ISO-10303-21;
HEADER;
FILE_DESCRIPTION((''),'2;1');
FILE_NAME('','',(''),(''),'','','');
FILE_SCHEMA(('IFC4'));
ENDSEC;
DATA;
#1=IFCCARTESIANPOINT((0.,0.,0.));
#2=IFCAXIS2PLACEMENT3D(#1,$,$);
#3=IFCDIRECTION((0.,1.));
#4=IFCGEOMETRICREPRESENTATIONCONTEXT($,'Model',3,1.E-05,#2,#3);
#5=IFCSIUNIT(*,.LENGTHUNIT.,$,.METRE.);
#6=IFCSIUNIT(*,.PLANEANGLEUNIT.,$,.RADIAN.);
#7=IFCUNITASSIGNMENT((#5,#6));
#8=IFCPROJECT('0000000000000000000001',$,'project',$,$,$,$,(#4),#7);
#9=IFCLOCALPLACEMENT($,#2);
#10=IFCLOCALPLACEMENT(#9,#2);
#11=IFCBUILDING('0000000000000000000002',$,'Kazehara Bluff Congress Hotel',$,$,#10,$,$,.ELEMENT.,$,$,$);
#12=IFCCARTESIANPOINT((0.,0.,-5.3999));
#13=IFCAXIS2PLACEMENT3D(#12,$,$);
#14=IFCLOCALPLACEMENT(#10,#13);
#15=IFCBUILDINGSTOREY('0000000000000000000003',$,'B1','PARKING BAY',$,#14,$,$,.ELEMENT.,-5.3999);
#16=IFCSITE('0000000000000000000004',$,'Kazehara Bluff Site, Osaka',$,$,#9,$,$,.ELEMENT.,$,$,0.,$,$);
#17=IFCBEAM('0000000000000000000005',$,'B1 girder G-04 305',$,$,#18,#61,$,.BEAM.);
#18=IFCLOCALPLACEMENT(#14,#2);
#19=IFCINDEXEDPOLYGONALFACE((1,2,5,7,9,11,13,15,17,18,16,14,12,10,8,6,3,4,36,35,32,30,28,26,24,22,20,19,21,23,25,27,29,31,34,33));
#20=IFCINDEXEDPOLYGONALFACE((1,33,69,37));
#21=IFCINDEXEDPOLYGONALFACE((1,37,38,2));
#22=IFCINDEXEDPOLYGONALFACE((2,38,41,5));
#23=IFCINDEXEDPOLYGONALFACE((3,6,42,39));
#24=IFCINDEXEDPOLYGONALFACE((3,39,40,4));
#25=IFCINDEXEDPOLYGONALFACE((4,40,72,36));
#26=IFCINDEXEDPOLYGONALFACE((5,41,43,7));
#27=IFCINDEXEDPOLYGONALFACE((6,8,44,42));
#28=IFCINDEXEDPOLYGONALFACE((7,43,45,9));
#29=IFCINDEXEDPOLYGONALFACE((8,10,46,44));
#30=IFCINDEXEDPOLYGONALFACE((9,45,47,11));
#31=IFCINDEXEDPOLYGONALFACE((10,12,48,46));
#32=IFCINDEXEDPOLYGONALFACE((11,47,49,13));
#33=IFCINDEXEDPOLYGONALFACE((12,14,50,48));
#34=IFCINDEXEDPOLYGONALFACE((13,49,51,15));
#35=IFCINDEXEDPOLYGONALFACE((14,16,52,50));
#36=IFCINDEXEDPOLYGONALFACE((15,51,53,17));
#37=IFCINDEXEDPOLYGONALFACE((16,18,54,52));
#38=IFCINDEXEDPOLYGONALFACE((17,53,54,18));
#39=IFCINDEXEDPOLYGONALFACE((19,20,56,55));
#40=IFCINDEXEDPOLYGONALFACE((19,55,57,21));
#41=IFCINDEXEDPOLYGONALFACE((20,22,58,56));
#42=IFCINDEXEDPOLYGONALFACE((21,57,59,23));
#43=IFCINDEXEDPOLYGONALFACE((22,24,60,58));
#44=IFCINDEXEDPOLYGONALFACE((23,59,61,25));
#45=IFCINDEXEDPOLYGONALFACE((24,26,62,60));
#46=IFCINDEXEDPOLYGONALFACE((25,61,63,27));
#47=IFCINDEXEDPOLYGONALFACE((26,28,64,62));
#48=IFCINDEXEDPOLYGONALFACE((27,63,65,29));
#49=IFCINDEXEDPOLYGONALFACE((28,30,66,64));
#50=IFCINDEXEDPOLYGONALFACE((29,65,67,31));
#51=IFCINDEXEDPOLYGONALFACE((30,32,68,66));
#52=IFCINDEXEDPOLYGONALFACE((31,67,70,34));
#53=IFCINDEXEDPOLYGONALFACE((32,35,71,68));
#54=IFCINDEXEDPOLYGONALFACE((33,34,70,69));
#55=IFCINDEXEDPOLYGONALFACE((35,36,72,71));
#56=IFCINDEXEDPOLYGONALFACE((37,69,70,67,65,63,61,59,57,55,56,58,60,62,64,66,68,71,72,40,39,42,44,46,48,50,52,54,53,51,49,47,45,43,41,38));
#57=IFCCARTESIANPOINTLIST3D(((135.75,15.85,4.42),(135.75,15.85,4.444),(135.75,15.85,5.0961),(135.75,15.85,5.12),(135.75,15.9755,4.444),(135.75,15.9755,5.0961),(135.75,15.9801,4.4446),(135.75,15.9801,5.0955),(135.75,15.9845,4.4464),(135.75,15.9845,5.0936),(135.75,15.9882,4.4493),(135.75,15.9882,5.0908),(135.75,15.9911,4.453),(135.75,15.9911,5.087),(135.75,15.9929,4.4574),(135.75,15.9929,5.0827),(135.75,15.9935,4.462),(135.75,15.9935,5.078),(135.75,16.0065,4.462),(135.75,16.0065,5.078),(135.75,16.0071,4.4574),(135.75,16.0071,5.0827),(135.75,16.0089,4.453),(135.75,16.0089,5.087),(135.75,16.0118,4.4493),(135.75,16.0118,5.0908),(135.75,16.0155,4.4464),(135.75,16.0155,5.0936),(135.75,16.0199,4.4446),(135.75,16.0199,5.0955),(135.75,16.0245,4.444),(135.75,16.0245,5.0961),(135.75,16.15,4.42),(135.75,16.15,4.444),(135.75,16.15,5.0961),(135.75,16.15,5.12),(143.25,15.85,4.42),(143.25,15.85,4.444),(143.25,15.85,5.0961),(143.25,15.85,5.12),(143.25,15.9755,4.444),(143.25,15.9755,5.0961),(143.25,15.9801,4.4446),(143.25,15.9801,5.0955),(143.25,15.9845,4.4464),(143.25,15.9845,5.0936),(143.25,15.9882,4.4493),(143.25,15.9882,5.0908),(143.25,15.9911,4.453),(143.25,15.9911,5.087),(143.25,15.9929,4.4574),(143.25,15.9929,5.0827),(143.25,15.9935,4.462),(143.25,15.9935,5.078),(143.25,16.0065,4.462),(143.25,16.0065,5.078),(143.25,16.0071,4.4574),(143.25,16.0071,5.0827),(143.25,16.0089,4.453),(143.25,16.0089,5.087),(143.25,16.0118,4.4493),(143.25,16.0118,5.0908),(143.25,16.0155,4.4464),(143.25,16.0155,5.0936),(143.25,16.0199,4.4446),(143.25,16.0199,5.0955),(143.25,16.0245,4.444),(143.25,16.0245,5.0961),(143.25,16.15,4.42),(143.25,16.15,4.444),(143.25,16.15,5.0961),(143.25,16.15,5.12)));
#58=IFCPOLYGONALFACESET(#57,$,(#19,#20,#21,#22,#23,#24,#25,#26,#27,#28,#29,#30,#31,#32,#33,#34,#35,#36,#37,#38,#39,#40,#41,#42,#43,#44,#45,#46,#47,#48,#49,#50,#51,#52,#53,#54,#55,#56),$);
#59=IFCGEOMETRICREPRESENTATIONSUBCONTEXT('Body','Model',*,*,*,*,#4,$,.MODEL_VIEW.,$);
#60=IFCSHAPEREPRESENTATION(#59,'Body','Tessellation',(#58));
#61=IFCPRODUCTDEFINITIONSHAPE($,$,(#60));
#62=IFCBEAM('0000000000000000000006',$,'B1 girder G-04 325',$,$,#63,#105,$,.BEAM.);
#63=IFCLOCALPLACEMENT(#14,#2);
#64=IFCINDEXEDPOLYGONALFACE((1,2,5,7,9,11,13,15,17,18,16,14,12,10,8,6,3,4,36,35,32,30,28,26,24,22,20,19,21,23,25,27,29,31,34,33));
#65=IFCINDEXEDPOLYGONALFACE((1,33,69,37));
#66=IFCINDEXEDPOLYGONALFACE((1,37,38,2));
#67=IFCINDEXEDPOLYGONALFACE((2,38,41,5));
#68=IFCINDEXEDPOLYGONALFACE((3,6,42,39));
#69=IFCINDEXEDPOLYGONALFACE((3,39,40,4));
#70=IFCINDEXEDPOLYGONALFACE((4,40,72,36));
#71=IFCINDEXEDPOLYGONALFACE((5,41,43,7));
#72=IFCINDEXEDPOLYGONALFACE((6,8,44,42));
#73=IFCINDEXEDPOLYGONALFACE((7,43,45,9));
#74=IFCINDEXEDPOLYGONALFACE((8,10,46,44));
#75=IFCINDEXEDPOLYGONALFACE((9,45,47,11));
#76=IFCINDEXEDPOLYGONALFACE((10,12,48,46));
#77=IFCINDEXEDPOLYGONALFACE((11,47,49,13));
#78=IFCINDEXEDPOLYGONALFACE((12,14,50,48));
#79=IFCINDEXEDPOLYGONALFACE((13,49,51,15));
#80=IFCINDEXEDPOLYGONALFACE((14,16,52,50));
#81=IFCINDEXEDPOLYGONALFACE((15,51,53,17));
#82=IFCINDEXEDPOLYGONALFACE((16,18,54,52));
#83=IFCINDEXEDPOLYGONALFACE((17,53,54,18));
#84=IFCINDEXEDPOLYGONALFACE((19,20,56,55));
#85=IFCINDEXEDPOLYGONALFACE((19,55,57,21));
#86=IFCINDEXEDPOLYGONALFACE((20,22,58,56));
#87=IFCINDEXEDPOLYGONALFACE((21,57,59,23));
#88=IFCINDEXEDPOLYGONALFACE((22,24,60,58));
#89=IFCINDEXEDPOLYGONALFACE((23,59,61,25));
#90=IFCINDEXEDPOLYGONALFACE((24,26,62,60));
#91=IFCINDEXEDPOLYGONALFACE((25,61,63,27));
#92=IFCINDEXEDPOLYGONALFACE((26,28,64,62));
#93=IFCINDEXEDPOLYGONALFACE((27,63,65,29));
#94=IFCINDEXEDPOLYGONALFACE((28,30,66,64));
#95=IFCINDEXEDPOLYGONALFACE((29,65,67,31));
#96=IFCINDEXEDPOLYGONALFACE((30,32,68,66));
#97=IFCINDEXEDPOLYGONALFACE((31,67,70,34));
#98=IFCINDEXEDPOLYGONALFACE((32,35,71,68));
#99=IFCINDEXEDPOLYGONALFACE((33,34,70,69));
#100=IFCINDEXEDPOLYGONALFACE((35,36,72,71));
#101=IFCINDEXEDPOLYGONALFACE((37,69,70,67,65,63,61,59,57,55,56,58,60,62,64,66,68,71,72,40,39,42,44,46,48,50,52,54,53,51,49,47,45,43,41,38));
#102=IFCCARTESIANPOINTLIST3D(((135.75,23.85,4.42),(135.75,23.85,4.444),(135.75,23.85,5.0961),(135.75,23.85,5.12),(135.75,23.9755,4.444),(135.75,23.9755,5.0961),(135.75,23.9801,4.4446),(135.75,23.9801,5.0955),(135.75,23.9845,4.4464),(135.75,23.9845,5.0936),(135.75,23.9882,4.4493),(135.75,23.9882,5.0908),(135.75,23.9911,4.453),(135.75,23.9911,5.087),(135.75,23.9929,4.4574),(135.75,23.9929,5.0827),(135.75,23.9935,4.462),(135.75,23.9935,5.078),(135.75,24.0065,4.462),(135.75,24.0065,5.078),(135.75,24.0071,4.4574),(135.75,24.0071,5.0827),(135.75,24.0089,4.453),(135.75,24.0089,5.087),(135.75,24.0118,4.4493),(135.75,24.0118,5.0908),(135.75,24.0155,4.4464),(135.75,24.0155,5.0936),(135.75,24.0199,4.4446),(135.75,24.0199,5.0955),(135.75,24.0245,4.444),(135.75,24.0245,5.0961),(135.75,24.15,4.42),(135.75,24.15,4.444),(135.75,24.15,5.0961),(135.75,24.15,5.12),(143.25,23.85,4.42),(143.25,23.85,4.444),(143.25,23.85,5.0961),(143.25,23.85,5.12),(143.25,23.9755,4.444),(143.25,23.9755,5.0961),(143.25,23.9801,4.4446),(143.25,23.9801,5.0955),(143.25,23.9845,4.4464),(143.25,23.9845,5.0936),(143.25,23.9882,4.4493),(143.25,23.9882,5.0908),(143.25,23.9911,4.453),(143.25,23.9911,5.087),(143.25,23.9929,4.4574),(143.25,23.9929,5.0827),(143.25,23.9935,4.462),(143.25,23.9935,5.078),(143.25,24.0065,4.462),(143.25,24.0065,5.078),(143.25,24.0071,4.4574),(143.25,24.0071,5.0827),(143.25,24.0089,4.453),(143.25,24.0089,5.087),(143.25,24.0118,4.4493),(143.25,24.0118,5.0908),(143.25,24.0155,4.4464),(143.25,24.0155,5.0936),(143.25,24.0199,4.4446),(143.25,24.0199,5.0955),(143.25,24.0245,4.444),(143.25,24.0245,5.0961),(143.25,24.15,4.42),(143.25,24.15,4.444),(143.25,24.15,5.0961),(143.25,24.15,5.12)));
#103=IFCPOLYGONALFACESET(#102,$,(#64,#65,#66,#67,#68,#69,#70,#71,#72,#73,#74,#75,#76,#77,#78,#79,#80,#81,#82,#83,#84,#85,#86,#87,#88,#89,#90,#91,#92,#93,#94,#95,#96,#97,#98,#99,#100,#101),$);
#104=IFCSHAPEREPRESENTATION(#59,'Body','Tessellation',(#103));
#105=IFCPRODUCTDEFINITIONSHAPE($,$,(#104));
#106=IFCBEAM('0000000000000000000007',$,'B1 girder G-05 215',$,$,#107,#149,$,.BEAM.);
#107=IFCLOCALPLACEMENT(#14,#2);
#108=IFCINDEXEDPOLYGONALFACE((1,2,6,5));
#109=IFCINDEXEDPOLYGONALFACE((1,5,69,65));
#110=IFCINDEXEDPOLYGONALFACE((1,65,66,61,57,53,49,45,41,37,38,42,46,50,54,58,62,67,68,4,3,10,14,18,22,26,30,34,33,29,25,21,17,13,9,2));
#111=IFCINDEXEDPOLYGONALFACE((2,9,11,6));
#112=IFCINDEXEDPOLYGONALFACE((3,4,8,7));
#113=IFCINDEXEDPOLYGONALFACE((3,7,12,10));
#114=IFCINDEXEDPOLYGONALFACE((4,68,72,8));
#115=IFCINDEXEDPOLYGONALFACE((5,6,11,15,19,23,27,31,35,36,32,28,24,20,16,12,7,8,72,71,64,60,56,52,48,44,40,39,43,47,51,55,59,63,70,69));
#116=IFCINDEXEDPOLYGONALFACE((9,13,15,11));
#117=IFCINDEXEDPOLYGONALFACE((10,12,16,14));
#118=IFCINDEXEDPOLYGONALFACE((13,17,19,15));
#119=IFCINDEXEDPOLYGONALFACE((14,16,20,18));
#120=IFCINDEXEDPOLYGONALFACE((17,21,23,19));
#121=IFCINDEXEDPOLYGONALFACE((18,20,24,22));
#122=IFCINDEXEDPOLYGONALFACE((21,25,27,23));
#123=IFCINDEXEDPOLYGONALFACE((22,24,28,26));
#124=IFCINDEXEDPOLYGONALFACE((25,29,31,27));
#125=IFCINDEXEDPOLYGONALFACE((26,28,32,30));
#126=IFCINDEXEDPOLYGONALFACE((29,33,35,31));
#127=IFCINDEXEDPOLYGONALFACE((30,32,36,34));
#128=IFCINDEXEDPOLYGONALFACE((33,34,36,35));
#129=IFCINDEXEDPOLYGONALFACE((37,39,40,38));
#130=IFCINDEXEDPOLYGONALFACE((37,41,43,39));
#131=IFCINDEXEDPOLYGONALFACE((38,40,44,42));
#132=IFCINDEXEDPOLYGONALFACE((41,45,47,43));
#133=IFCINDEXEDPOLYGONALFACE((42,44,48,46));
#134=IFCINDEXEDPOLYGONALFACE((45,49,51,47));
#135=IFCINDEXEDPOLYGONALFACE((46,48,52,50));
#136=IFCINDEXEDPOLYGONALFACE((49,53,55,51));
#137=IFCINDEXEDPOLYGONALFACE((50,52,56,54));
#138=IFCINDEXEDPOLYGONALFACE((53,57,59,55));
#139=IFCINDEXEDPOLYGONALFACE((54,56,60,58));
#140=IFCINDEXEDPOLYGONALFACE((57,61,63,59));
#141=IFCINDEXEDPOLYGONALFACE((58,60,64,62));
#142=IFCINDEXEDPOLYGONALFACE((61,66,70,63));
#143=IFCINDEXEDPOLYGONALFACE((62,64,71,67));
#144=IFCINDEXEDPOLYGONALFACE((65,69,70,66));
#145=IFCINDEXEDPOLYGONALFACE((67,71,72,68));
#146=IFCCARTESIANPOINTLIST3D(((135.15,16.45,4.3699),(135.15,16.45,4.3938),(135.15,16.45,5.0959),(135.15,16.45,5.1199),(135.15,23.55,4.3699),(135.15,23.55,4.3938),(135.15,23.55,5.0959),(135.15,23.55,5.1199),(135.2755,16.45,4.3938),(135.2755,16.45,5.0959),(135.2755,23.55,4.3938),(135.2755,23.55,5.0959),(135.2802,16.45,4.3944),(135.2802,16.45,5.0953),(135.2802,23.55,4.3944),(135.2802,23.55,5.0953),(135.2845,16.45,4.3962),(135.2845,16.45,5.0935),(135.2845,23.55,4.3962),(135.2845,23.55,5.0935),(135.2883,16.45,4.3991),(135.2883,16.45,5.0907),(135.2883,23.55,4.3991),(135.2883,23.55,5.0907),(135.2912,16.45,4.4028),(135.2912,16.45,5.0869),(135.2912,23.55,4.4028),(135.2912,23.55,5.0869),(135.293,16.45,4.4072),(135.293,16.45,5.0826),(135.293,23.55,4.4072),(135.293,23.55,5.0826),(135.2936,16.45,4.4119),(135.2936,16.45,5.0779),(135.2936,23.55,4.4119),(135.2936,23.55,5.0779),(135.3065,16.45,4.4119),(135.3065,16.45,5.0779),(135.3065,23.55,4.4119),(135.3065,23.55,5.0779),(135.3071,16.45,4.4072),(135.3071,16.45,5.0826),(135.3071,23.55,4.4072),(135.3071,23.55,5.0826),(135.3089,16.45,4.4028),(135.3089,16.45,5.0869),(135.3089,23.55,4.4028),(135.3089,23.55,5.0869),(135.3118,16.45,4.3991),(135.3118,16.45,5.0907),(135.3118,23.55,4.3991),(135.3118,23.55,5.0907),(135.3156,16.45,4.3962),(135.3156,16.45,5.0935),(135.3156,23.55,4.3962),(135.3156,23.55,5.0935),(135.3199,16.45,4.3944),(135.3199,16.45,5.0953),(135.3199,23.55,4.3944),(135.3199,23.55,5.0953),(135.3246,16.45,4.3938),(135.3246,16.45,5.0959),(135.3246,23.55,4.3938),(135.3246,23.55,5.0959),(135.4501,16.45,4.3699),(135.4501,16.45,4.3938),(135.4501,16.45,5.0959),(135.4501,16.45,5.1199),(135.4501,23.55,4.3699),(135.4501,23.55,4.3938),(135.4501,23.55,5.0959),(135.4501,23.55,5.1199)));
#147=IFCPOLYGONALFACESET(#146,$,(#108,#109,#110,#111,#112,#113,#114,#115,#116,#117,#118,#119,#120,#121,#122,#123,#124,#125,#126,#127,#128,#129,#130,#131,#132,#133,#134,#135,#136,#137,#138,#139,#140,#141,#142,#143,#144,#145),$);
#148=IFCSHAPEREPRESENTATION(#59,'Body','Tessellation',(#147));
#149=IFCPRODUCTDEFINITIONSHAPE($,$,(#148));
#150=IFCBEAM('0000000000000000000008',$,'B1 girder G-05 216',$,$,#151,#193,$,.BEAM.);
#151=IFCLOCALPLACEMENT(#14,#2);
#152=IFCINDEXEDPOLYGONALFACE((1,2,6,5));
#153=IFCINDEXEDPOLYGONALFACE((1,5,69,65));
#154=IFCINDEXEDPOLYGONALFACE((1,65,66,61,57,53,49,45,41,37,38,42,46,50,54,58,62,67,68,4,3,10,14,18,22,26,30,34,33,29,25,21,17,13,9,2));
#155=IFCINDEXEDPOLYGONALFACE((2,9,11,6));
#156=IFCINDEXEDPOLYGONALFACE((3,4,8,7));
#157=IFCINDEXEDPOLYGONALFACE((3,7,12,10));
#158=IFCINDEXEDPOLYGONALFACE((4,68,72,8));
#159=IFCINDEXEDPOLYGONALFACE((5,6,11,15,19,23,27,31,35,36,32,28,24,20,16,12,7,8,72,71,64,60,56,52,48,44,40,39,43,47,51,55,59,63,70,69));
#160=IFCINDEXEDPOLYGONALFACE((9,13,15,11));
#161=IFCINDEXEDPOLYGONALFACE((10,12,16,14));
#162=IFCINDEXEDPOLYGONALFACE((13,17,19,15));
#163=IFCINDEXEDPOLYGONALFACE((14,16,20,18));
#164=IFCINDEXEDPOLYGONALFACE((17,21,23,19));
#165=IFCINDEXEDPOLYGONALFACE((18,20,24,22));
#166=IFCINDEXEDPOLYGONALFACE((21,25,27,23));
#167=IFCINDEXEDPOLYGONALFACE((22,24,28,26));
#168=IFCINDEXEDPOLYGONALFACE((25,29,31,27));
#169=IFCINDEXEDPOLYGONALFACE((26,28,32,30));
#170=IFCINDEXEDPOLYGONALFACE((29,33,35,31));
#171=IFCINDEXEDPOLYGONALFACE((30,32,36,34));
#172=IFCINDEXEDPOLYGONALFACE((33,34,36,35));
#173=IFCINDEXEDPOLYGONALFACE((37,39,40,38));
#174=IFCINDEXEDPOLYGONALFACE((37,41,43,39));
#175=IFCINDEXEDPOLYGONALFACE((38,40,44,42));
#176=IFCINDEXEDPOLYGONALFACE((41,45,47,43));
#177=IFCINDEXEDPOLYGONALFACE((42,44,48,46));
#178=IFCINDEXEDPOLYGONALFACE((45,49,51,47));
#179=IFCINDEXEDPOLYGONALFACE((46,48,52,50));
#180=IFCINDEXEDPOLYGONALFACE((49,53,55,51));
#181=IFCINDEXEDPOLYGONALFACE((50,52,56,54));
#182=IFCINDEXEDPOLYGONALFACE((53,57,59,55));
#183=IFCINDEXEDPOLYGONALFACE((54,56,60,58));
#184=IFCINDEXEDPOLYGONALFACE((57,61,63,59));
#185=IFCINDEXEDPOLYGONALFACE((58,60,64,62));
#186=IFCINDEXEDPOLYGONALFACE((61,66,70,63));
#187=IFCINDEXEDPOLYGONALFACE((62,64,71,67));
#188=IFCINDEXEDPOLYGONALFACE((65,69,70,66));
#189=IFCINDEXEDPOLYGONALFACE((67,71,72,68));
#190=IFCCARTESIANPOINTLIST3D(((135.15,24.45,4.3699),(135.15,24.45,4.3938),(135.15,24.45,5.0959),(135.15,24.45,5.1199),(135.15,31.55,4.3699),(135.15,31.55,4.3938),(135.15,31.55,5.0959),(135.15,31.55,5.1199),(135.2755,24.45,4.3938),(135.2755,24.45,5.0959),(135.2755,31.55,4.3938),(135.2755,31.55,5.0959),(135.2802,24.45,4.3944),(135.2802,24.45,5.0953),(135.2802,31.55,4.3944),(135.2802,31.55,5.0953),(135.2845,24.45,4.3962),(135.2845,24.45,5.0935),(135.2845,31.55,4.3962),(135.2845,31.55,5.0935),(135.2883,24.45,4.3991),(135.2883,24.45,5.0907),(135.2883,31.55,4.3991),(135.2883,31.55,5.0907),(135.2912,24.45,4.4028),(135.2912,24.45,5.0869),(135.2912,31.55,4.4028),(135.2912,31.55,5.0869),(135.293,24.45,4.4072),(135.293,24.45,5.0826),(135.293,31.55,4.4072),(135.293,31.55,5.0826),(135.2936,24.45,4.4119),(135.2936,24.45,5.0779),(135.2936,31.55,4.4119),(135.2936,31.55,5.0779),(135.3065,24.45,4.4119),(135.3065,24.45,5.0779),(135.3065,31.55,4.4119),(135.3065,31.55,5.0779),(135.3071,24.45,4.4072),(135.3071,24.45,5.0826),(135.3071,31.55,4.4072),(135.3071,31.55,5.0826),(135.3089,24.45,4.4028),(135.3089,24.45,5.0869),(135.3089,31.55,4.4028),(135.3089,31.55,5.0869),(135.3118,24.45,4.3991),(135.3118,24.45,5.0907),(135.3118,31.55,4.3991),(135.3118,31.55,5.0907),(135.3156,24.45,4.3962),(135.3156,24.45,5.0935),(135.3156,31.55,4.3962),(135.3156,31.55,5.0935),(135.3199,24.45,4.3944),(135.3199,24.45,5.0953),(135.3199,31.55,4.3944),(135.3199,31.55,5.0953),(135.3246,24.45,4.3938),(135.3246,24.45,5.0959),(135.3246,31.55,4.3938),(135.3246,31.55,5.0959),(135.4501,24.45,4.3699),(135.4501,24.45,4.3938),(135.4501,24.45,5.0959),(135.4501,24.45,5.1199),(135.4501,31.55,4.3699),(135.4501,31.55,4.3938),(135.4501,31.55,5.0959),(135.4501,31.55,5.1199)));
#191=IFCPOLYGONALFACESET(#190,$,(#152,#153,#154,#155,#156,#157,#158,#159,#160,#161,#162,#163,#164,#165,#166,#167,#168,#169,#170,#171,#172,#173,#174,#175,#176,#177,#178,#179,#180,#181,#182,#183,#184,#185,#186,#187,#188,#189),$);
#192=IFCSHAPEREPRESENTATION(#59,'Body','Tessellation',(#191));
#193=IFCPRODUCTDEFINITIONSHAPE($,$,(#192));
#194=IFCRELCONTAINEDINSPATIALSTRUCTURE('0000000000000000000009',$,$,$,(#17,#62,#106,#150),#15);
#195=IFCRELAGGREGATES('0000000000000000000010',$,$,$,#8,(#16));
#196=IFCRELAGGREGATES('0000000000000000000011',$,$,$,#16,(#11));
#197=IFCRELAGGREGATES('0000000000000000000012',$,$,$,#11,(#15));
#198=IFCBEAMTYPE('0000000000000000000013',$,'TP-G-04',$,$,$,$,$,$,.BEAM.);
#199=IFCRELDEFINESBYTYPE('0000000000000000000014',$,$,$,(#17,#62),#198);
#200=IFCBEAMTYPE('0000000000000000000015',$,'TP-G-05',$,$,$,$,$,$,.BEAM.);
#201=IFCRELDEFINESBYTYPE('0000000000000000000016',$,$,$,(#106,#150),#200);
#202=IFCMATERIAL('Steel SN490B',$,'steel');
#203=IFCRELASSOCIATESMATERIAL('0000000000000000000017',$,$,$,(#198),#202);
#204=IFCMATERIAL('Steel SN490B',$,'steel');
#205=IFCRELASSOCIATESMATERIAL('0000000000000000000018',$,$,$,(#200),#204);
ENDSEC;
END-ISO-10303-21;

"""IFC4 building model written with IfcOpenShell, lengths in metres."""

from ifc_helpers import new_model, si_unit, direction, frame, origin, origin_2d, place, context, subcontext, project, spatial, i_section, extrude, material, material_profile, profile_set, type_object, element, save


model = new_model("IFC4")

# Units and contexts
model_context = context("Model", 3, precision=1e-05, world=origin(), true_north=direction((0.0, 1.0)))
body_context = subcontext(model_context, "Body", "Model", "MODEL_VIEW")
ifc_project = project(units=[si_unit("LENGTHUNIT", "METRE"), si_unit("PLANEANGLEUNIT", "RADIAN")], contexts=[model_context])

# Site, building, storey
site_placement = place(None, origin())
site = spatial("IfcSite", under=ifc_project, at=site_placement, Name="Kazehara Bluff Site, Osaka", CompositionType="ELEMENT", RefElevation=0.0)
building_placement = place(site_placement, origin())
building = spatial("IfcBuilding", under=site, at=building_placement, Name="Kazehara Bluff Congress Hotel", CompositionType="ELEMENT")
storey_placement = place(building_placement, frame((0.0, 0.0, -5.3999)))
storey = spatial("IfcBuildingStorey", under=building, at=storey_placement, Name="B1", Description="PARKING BAY", CompositionType="ELEMENT", Elevation=-5.3999)

# Beams
ifc_material_1 = material(Name="Steel SN490B", Category="steel")
ifc_material_profile_1 = material_profile(ifc_material_1, i_section(OverallWidth=0.3, OverallDepth=0.7, WebThickness=0.0129, FlangeThickness=0.0239, FilletRadius=0.0181, at=origin_2d()))
ifc_profile_set_1 = profile_set([ifc_material_profile_1], Name="Steel SN490B")
beam_type_1 = type_object("IfcBeamType", Name="TP-G-04", PredefinedType="BEAM", material=ifc_profile_set_1)
for number, where, z_axis, x_axis, name in (
    (1, (135.75, 16.0, 4.77), (1.0, 0.0, 0.0), (0.0, 1.0, 0.0), "B1 girder G-04 305"),
    (2, (135.75, 24.0, 4.77), (1.0, 0.0, 0.0), (0.0, 1.0, 0.0), "B1 girder G-04 325"),
):
    element("IfcBeam", number, at=place(storey_placement, frame(where, z_axis=z_axis, x_axis=x_axis)), inside=storey, type_object=beam_type_1, Name=name, PredefinedType="BEAM", context=body_context, shape_type="SweptSolid", body=[
        extrude(i_section(OverallWidth=0.3, OverallDepth=0.7, WebThickness=0.0129, FlangeThickness=0.0239, FilletRadius=0.0181, at=origin_2d()), origin(), (0.0, 0.0, 1.0), 7.5),
    ])
ifc_material_2 = material(Name="Steel SN490B", Category="steel")
ifc_material_profile_2 = material_profile(ifc_material_2, i_section(OverallWidth=0.3, OverallDepth=0.75, WebThickness=0.0129, FlangeThickness=0.0239, FilletRadius=0.0181, at=origin_2d()))
ifc_profile_set_2 = profile_set([ifc_material_profile_2], Name="Steel SN490B")
beam_type_2 = type_object("IfcBeamType", Name="TP-G-05", PredefinedType="BEAM", material=ifc_profile_set_2)
for number, where, z_axis, x_axis, name in (
    (3, (135.3, 16.45, 4.7449), (0.0, 1.0, 0.0), (-1.0, 0.0, 0.0), "B1 girder G-05 215"),
    (4, (135.3, 24.45, 4.7449), (0.0, 1.0, 0.0), (-1.0, 0.0, 0.0), "B1 girder G-05 216"),
):
    element("IfcBeam", number, at=place(storey_placement, frame(where, z_axis=z_axis, x_axis=x_axis)), inside=storey, type_object=beam_type_2, Name=name, PredefinedType="BEAM", context=body_context, shape_type="SweptSolid", body=[
        extrude(i_section(OverallWidth=0.3, OverallDepth=0.75, WebThickness=0.0129, FlangeThickness=0.0239, FilletRadius=0.0181, at=origin_2d()), origin(), (0.0, 0.0, 1.0), 7.1001),
    ])

save(model, "model.ifc")
